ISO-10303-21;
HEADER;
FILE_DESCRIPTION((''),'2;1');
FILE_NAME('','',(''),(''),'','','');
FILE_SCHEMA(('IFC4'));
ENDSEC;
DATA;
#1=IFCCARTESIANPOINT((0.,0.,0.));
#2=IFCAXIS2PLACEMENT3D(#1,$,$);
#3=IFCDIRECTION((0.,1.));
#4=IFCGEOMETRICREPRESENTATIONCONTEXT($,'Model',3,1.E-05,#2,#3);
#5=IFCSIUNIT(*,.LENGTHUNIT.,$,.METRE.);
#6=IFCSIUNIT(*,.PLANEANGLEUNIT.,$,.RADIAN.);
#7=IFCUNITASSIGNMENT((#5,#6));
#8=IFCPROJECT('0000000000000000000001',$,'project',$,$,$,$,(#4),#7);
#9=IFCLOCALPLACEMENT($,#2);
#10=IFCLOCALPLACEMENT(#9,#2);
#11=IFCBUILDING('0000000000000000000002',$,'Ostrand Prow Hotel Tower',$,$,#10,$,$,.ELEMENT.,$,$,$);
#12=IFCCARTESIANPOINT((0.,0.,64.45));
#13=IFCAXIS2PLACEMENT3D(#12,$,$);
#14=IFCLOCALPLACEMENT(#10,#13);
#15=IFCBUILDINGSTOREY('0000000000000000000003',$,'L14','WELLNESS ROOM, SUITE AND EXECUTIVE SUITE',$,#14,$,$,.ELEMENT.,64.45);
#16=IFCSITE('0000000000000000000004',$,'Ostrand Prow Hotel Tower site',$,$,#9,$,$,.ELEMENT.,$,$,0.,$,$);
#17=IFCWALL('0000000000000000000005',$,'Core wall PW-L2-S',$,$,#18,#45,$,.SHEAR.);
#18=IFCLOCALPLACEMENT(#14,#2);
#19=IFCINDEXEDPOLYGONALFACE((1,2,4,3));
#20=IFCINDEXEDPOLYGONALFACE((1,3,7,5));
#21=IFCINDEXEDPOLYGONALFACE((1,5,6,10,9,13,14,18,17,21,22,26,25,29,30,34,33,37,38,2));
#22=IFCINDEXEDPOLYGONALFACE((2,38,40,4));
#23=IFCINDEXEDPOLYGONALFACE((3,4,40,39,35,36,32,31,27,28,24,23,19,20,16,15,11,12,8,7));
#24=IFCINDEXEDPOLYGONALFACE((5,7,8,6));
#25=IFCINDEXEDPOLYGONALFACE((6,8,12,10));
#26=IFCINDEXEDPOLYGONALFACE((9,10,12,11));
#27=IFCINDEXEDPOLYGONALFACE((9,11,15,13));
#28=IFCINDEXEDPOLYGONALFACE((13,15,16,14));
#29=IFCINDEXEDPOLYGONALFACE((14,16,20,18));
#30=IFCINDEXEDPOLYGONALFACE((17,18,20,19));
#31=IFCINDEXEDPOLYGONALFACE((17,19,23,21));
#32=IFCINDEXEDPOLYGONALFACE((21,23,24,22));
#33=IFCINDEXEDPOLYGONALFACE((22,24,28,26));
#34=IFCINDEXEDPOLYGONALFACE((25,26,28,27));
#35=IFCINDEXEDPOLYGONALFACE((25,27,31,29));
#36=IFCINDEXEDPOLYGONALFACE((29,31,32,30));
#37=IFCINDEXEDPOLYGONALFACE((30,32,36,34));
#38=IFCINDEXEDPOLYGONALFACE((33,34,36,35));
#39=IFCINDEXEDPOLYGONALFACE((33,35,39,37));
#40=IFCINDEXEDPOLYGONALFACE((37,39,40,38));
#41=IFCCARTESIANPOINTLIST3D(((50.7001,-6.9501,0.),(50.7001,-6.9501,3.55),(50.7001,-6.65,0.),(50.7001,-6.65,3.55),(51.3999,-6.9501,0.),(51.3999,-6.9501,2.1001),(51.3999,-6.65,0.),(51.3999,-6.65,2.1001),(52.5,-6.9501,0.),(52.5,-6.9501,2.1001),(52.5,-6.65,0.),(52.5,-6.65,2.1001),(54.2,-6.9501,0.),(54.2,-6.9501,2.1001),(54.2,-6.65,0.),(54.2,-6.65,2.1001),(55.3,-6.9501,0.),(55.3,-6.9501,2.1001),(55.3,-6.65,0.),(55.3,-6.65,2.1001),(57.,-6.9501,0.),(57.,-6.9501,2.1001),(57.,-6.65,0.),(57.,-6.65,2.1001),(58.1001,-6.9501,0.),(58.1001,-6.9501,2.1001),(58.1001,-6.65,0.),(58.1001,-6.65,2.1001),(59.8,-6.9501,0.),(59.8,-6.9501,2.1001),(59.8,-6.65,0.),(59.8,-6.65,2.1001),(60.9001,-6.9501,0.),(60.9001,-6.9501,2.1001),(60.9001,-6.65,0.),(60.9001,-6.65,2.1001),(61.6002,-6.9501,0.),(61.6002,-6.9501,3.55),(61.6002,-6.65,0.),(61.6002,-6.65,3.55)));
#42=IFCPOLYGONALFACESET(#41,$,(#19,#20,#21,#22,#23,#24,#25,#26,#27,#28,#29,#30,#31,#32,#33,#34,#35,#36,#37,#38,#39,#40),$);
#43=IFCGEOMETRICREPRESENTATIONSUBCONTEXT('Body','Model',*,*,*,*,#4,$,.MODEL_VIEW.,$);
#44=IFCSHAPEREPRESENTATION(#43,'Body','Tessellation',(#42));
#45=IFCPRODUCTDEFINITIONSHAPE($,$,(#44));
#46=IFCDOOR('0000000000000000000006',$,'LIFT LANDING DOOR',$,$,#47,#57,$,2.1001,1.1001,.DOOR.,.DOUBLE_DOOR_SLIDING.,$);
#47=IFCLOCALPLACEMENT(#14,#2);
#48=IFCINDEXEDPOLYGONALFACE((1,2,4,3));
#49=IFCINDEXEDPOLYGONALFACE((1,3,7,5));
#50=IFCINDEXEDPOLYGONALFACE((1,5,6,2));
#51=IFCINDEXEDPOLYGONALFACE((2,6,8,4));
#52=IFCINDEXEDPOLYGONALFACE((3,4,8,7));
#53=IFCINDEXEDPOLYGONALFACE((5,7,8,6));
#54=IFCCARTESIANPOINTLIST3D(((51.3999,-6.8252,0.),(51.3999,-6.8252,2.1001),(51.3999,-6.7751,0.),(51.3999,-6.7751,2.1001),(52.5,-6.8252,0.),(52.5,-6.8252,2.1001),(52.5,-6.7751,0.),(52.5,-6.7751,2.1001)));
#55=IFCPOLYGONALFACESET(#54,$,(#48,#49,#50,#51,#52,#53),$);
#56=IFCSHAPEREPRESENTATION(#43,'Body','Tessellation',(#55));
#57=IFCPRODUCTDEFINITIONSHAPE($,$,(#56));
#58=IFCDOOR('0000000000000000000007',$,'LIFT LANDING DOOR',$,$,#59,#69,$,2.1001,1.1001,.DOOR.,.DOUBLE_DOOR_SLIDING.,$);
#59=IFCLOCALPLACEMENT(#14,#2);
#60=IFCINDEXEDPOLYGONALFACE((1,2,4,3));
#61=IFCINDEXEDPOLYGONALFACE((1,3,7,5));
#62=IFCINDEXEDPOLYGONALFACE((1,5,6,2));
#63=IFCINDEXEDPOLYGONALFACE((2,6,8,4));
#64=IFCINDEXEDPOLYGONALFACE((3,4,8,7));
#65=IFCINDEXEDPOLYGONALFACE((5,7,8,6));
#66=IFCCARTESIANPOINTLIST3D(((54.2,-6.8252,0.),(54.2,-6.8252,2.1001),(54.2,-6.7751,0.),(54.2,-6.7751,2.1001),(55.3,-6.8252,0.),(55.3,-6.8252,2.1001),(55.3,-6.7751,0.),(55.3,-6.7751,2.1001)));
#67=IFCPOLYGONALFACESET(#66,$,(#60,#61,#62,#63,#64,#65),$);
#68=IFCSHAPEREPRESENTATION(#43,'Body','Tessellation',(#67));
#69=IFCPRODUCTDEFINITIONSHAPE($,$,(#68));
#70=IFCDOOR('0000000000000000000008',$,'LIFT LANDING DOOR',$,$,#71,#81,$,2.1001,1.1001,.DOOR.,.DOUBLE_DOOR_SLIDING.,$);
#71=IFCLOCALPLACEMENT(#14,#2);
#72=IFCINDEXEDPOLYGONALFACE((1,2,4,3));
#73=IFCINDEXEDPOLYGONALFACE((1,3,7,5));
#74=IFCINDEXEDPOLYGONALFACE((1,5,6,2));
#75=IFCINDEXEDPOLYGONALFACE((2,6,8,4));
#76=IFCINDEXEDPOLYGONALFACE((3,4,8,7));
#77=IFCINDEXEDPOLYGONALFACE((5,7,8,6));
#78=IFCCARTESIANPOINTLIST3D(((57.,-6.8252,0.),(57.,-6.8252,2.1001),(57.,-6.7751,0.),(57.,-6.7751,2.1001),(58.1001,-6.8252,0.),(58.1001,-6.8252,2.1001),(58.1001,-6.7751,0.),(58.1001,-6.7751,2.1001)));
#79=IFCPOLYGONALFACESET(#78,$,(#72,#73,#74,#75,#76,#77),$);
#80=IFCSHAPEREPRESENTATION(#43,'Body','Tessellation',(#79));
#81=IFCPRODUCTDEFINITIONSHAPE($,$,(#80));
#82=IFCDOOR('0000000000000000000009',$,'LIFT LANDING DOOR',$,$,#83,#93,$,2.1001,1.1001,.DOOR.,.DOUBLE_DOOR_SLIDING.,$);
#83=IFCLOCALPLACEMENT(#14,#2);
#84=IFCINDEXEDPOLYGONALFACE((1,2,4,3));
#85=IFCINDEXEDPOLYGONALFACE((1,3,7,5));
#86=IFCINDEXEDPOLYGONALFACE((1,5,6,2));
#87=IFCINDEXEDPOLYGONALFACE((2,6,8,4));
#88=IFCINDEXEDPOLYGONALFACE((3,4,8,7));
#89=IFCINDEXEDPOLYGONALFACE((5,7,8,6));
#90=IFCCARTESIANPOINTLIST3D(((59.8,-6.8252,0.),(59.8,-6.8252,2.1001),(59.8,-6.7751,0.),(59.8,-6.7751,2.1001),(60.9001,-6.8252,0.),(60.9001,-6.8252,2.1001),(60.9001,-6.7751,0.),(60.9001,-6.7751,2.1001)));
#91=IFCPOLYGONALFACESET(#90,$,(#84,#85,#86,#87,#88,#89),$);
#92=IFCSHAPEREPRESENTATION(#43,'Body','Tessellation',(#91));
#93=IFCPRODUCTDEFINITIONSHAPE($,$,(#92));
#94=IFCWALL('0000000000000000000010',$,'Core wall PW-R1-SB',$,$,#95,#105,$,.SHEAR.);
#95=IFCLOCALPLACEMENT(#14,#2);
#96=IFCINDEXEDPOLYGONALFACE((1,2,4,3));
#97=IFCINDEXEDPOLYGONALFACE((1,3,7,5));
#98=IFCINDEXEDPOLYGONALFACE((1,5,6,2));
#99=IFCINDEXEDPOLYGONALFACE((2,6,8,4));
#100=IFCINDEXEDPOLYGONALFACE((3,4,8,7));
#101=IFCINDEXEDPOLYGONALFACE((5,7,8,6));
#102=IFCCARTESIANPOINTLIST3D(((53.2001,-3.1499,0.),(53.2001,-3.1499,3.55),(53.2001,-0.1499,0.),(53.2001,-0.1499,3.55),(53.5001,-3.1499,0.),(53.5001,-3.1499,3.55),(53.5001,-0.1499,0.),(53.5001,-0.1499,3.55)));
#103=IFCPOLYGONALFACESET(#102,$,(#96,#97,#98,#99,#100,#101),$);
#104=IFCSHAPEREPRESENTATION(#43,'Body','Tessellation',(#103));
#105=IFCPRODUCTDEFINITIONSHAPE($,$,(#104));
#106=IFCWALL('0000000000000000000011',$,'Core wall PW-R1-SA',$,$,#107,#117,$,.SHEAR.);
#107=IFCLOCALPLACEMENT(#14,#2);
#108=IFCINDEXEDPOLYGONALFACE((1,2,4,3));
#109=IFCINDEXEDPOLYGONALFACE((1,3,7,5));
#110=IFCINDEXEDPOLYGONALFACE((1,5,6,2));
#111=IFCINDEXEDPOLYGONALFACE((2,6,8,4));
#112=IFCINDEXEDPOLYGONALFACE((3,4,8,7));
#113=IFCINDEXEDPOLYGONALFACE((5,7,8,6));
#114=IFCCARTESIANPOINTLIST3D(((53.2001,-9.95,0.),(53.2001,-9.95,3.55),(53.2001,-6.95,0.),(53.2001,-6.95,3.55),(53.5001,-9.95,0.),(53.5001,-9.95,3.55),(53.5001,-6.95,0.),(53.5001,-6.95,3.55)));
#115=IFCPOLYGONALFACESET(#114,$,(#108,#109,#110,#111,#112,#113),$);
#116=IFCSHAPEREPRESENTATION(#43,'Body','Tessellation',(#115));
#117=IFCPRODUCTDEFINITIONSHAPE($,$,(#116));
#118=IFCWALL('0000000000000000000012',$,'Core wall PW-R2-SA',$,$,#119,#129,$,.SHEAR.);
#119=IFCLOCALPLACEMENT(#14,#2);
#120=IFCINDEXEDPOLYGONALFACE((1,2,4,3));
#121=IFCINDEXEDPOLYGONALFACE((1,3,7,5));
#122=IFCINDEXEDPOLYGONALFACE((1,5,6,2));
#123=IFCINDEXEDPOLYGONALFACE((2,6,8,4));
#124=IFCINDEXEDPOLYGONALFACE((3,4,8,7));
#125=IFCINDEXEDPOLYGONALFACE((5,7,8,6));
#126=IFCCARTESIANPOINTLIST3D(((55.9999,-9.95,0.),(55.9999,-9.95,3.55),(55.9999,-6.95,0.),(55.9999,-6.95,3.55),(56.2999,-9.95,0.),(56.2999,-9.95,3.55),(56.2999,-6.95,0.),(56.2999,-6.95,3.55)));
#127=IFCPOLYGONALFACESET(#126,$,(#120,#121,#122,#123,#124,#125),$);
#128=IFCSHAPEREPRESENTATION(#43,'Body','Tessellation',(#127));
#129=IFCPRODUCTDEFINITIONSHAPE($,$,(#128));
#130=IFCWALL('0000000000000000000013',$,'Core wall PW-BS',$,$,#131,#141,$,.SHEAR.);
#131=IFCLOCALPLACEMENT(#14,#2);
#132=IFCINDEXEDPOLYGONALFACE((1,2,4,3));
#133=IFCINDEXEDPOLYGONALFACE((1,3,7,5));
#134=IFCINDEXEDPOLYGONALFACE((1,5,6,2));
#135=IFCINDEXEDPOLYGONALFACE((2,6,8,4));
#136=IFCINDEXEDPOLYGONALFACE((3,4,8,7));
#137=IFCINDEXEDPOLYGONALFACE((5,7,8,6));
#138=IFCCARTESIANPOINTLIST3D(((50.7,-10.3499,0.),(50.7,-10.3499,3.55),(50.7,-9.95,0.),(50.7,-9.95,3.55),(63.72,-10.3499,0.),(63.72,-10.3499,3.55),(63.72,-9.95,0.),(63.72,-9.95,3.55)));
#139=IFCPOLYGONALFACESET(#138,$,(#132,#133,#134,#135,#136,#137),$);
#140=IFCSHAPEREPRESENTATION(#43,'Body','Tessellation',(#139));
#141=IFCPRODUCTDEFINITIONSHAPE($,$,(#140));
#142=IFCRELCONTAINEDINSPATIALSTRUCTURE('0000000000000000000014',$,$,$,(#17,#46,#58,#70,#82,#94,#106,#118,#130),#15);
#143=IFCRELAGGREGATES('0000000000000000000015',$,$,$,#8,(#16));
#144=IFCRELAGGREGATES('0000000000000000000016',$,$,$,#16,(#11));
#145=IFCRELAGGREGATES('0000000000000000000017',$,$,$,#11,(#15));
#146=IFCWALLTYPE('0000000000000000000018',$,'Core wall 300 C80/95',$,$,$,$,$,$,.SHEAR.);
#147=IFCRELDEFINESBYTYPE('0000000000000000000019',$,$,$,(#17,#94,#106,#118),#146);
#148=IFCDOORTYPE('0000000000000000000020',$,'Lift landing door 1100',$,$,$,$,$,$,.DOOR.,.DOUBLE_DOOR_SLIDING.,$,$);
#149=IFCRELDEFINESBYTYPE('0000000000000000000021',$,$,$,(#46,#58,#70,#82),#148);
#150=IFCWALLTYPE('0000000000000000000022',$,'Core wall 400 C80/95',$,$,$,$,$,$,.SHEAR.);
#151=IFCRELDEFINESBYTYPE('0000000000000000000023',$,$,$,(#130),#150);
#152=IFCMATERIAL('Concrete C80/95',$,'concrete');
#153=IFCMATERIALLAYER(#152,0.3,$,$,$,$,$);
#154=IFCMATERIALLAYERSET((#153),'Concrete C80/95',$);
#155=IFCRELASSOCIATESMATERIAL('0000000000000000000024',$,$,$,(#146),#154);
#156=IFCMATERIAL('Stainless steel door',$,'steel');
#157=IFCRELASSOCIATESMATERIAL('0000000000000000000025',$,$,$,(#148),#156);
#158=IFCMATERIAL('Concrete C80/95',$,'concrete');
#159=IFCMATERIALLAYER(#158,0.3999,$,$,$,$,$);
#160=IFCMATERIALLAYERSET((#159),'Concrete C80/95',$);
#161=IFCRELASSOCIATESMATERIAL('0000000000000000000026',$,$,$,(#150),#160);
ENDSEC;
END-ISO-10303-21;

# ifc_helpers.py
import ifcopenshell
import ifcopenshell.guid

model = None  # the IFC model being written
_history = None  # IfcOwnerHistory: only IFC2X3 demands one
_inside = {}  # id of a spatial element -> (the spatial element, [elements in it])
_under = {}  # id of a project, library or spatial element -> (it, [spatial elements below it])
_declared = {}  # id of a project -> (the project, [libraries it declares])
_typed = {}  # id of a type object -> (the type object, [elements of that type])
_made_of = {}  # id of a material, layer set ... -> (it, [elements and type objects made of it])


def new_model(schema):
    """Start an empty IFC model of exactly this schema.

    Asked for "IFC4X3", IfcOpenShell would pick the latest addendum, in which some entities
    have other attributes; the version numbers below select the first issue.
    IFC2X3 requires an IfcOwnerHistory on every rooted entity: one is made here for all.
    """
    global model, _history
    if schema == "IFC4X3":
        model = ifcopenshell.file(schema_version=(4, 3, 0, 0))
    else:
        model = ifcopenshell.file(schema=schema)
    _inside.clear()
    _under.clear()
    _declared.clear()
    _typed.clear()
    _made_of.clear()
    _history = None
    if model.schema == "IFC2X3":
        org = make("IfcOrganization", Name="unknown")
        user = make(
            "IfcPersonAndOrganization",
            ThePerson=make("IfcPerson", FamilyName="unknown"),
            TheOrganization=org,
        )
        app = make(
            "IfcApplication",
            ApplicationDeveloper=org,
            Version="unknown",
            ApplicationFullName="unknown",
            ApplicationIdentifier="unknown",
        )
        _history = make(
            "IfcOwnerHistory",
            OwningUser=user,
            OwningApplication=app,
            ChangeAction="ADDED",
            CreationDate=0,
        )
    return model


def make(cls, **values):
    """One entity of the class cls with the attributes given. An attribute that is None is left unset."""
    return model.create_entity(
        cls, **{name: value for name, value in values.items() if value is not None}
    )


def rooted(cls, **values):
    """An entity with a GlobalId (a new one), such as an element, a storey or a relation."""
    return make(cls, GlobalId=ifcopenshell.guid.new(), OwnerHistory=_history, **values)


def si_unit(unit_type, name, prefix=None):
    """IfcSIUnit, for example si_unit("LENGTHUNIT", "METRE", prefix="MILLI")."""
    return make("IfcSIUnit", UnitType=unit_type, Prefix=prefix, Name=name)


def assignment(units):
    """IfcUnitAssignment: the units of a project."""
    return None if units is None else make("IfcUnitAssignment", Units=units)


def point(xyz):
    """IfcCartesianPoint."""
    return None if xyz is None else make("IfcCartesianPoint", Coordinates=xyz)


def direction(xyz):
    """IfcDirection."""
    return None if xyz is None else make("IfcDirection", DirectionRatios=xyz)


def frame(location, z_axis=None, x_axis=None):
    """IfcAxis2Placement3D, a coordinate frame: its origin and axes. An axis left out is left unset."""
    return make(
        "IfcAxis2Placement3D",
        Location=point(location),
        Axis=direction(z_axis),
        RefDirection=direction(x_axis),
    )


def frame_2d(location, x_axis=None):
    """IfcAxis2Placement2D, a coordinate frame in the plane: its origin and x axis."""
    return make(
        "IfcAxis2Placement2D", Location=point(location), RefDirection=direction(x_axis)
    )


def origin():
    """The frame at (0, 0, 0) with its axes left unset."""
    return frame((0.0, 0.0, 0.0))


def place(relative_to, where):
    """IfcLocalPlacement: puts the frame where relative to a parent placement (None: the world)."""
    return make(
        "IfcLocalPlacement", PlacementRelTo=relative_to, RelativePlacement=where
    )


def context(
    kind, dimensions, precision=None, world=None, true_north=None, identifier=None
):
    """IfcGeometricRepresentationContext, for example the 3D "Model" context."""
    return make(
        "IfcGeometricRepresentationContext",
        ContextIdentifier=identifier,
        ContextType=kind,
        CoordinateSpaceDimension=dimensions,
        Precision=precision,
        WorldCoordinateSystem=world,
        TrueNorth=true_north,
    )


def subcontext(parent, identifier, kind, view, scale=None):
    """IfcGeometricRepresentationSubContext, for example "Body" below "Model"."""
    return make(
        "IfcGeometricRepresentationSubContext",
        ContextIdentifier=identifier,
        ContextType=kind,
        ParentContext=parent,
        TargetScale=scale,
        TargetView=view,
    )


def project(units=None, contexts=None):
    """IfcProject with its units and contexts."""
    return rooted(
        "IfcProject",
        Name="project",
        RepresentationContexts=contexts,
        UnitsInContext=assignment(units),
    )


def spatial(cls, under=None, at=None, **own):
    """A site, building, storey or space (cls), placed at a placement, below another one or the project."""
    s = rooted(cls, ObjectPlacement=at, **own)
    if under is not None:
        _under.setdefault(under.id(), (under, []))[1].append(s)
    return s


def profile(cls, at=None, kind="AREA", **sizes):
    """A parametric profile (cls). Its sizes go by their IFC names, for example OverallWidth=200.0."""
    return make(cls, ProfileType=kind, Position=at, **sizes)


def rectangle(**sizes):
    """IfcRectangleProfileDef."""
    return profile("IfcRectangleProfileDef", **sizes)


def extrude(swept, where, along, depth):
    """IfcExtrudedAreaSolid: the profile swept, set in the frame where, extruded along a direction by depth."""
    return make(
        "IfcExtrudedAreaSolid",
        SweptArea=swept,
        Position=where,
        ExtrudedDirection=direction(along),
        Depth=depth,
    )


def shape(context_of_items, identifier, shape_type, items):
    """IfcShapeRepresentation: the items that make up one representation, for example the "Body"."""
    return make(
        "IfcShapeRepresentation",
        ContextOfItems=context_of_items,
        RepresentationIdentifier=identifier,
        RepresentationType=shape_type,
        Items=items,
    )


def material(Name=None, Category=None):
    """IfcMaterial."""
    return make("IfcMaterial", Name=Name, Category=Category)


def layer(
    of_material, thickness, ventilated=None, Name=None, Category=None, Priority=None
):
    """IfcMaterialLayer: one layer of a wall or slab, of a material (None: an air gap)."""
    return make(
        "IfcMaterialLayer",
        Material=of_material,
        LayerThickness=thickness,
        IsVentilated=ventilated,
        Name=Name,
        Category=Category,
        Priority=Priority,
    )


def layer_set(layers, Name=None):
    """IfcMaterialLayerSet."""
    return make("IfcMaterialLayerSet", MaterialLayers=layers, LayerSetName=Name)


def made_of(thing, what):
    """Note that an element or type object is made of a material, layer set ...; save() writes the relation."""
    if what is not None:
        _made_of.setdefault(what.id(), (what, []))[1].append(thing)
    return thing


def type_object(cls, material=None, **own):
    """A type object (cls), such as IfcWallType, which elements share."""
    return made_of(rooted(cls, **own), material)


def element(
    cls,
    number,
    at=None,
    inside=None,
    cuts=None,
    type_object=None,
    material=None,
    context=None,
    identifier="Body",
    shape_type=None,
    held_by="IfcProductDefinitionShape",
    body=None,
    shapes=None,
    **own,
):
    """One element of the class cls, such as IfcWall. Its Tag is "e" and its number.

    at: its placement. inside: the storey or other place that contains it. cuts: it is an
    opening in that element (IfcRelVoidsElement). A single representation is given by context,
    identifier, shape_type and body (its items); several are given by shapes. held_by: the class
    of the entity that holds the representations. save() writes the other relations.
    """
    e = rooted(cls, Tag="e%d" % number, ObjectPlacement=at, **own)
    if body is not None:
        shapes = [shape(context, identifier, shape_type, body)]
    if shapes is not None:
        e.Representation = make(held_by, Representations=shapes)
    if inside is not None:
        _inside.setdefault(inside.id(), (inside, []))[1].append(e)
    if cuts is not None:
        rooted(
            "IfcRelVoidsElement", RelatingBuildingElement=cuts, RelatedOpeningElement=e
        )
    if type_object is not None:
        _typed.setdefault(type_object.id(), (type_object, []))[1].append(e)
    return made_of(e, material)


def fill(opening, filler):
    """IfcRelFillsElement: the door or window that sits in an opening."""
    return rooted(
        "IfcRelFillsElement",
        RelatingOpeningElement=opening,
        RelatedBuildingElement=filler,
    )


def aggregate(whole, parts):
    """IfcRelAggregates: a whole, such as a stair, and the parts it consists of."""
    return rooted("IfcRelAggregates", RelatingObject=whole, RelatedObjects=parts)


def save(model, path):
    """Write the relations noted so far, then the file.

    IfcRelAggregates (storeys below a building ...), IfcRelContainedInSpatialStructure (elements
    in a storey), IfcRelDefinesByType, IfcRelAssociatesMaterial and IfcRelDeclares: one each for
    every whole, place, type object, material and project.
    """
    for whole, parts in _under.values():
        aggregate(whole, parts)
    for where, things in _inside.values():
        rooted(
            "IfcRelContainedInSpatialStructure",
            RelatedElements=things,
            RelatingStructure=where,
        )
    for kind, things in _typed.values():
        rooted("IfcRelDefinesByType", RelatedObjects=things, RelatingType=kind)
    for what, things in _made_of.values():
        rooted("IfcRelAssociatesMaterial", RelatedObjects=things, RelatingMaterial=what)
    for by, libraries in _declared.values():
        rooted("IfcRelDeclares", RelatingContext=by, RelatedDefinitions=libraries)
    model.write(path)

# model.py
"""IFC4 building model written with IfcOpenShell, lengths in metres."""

from ifc_helpers import new_model, si_unit, direction, frame, frame_2d, origin, place, context, subcontext, project, spatial, rectangle, extrude, material, layer, layer_set, type_object, element, fill, save


model = new_model("IFC4")

# Units and contexts
model_context = context("Model", 3, precision=1e-05, world=origin(), true_north=direction((0.0, 1.0)))
body_context = subcontext(model_context, "Body", "Model", "MODEL_VIEW")
ifc_project = project(units=[si_unit("LENGTHUNIT", "METRE"), si_unit("PLANEANGLEUNIT", "RADIAN")], contexts=[model_context])

# Site, building, storey
site_placement = place(None, origin())
site = spatial("IfcSite", under=ifc_project, at=site_placement, Name="Ostrand Prow Hotel Tower site", CompositionType="ELEMENT", RefElevation=0.0)
building_placement = place(site_placement, origin())
building = spatial("IfcBuilding", under=site, at=building_placement, Name="Ostrand Prow Hotel Tower", CompositionType="ELEMENT")
storey_placement = place(building_placement, frame((0.0, 0.0, 64.45)))
storey = spatial("IfcBuildingStorey", under=building, at=storey_placement, Name="L14", Description="WELLNESS ROOM, SUITE AND EXECUTIVE SUITE", CompositionType="ELEMENT", Elevation=64.45)

# Shared definitions
ifc_material_1 = material(Name="Concrete C80/95", Category="concrete")
ifc_layer_1 = layer(ifc_material_1, 0.3)
ifc_layer_set_1 = layer_set([ifc_layer_1], Name="Concrete C80/95")
wall_type_1 = type_object("IfcWallType", Name="Core wall 300 C80/95", PredefinedType="SHEAR", material=ifc_layer_set_1)

# Wall, openings, doors
wall_1_placement = place(storey_placement, frame((50.7, -6.8, 0.0), z_axis=(0.0, 0.0, 1.0), x_axis=(1.0, 0.0, 0.0)))
wall_1 = element("IfcWall", 1, at=wall_1_placement, inside=storey, type_object=wall_type_1, Name="Core wall PW-L2-S", PredefinedType="SHEAR", context=body_context, shape_type="SweptSolid", body=[
    extrude(rectangle(XDim=10.9001, YDim=0.3, at=frame_2d((5.4502, 0.0))), origin(), (0.0, 0.0, 1.0), 3.55),
])
opening_1_placement = place(wall_1_placement, frame((0.7, 0.0, 0.0)))
opening_1 = element("IfcOpeningElement", 2, at=opening_1_placement, cuts=wall_1, PredefinedType="OPENING", context=body_context, shape_type="SweptSolid", body=[
    extrude(rectangle(XDim=1.1001, YDim=2.1001, at=frame_2d((0.55, 1.05))), frame((0.0, 0.1599, 0.0), z_axis=(0.0, -1.0, 0.0), x_axis=(1.0, 0.0, 0.0)), (0.0, 0.0, 1.0), 0.3201),
])
opening_2_placement = place(wall_1_placement, frame((3.5, 0.0, 0.0)))
opening_2 = element("IfcOpeningElement", 3, at=opening_2_placement, cuts=wall_1, PredefinedType="OPENING", context=body_context, shape_type="SweptSolid", body=[
    extrude(rectangle(XDim=1.1001, YDim=2.1001, at=frame_2d((0.55, 1.05))), frame((0.0, 0.1599, 0.0), z_axis=(0.0, -1.0, 0.0), x_axis=(1.0, 0.0, 0.0)), (0.0, 0.0, 1.0), 0.3201),
])
opening_3_placement = place(wall_1_placement, frame((6.3, 0.0, 0.0)))
opening_3 = element("IfcOpeningElement", 4, at=opening_3_placement, cuts=wall_1, PredefinedType="OPENING", context=body_context, shape_type="SweptSolid", body=[
    extrude(rectangle(XDim=1.1001, YDim=2.1001, at=frame_2d((0.55, 1.05))), frame((0.0, 0.1599, 0.0), z_axis=(0.0, -1.0, 0.0), x_axis=(1.0, 0.0, 0.0)), (0.0, 0.0, 1.0), 0.3201),
])
opening_4_placement = place(wall_1_placement, frame((9.1001, 0.0, 0.0)))
opening_4 = element("IfcOpeningElement", 5, at=opening_4_placement, cuts=wall_1, PredefinedType="OPENING", context=body_context, shape_type="SweptSolid", body=[
    extrude(rectangle(XDim=1.1001, YDim=2.1001, at=frame_2d((0.55, 1.05))), frame((0.0, 0.1599, 0.0), z_axis=(0.0, -1.0, 0.0), x_axis=(1.0, 0.0, 0.0)), (0.0, 0.0, 1.0), 0.3201),
])
ifc_material_2 = material(Name="Stainless steel door", Category="steel")
door_type_1 = type_object("IfcDoorType", Name="Lift landing door 1100", OperationType="DOUBLE_DOOR_SLIDING", PredefinedType="DOOR", material=ifc_material_2)
door_1_placement = place(opening_1_placement, origin())
door_1 = element("IfcDoor", 6, at=door_1_placement, inside=storey, type_object=door_type_1, Name="LIFT LANDING DOOR", OperationType="DOUBLE_DOOR_SLIDING", OverallHeight=2.1001, OverallWidth=1.1001, PredefinedType="DOOR", context=body_context, shape_type="SweptSolid", body=[
    extrude(rectangle(XDim=1.1001, YDim=2.1001, at=frame_2d((0.55, 1.05))), frame((0.0, 0.0249, 0.0), z_axis=(0.0, -1.0, 0.0), x_axis=(1.0, 0.0, 0.0)), (0.0, 0.0, 1.0), 0.05),
])
fill(opening_1, door_1)
door_2_placement = place(opening_2_placement, origin())
door_2 = element("IfcDoor", 7, at=door_2_placement, inside=storey, type_object=door_type_1, Name="LIFT LANDING DOOR", OperationType="DOUBLE_DOOR_SLIDING", OverallHeight=2.1001, OverallWidth=1.1001, PredefinedType="DOOR", context=body_context, shape_type="SweptSolid", body=[
    extrude(rectangle(XDim=1.1001, YDim=2.1001, at=frame_2d((0.55, 1.05))), frame((0.0, 0.0249, 0.0), z_axis=(0.0, -1.0, 0.0), x_axis=(1.0, 0.0, 0.0)), (0.0, 0.0, 1.0), 0.05),
])
fill(opening_2, door_2)
door_3_placement = place(opening_3_placement, origin())
door_3 = element("IfcDoor", 8, at=door_3_placement, inside=storey, type_object=door_type_1, Name="LIFT LANDING DOOR", OperationType="DOUBLE_DOOR_SLIDING", OverallHeight=2.1001, OverallWidth=1.1001, PredefinedType="DOOR", context=body_context, shape_type="SweptSolid", body=[
    extrude(rectangle(XDim=1.1001, YDim=2.1001, at=frame_2d((0.55, 1.05))), frame((0.0, 0.0249, 0.0), z_axis=(0.0, -1.0, 0.0), x_axis=(1.0, 0.0, 0.0)), (0.0, 0.0, 1.0), 0.05),
])
fill(opening_3, door_3)
door_4_placement = place(opening_4_placement, origin())
door_4 = element("IfcDoor", 9, at=door_4_placement, inside=storey, type_object=door_type_1, Name="LIFT LANDING DOOR", OperationType="DOUBLE_DOOR_SLIDING", OverallHeight=2.1001, OverallWidth=1.1001, PredefinedType="DOOR", context=body_context, shape_type="SweptSolid", body=[
    extrude(rectangle(XDim=1.1001, YDim=2.1001, at=frame_2d((0.55, 1.05))), frame((0.0, 0.0249, 0.0), z_axis=(0.0, -1.0, 0.0), x_axis=(1.0, 0.0, 0.0)), (0.0, 0.0, 1.0), 0.05),
])
fill(opening_4, door_4)

# Walls
for number, where, z_axis, x_axis, name in (
    (10, (53.3501, -3.1499, 0.0), (0.0, 0.0, 1.0), (0.0, 1.0, 0.0), "Core wall PW-R1-SB"),
    (11, (53.3501, -9.95, 0.0), (0.0, 0.0, 1.0), (0.0, 1.0, 0.0), "Core wall PW-R1-SA"),
    (12, (56.1499, -9.95, 0.0), (0.0, 0.0, 1.0), (0.0, 1.0, 0.0), "Core wall PW-R2-SA"),
):
    element("IfcWall", number, at=place(storey_placement, frame(where, z_axis=z_axis, x_axis=x_axis)), inside=storey, type_object=wall_type_1, Name=name, PredefinedType="SHEAR", context=body_context, shape_type="SweptSolid", body=[
        extrude(rectangle(XDim=3.0, YDim=0.3, at=frame_2d((1.5, 0.0))), origin(), (0.0, 0.0, 1.0), 3.55),
    ])
ifc_material_3 = material(Name="Concrete C80/95", Category="concrete")
ifc_layer_2 = layer(ifc_material_3, 0.3999)
ifc_layer_set_2 = layer_set([ifc_layer_2], Name="Concrete C80/95")
wall_type_2 = type_object("IfcWallType", Name="Core wall 400 C80/95", PredefinedType="SHEAR", material=ifc_layer_set_2)
wall_2_placement = place(storey_placement, frame((50.7, -10.1499, 0.0), z_axis=(0.0, 0.0, 1.0), x_axis=(1.0, 0.0, 0.0)))
element("IfcWall", 13, at=wall_2_placement, inside=storey, type_object=wall_type_2, Name="Core wall PW-BS", PredefinedType="SHEAR", context=body_context, shape_type="SweptSolid", body=[
    extrude(rectangle(XDim=13.02, YDim=0.3999, at=frame_2d((6.51, 0.0))), origin(), (0.0, 0.0, 1.0), 3.55),
])

save(model, "model.ifc")
